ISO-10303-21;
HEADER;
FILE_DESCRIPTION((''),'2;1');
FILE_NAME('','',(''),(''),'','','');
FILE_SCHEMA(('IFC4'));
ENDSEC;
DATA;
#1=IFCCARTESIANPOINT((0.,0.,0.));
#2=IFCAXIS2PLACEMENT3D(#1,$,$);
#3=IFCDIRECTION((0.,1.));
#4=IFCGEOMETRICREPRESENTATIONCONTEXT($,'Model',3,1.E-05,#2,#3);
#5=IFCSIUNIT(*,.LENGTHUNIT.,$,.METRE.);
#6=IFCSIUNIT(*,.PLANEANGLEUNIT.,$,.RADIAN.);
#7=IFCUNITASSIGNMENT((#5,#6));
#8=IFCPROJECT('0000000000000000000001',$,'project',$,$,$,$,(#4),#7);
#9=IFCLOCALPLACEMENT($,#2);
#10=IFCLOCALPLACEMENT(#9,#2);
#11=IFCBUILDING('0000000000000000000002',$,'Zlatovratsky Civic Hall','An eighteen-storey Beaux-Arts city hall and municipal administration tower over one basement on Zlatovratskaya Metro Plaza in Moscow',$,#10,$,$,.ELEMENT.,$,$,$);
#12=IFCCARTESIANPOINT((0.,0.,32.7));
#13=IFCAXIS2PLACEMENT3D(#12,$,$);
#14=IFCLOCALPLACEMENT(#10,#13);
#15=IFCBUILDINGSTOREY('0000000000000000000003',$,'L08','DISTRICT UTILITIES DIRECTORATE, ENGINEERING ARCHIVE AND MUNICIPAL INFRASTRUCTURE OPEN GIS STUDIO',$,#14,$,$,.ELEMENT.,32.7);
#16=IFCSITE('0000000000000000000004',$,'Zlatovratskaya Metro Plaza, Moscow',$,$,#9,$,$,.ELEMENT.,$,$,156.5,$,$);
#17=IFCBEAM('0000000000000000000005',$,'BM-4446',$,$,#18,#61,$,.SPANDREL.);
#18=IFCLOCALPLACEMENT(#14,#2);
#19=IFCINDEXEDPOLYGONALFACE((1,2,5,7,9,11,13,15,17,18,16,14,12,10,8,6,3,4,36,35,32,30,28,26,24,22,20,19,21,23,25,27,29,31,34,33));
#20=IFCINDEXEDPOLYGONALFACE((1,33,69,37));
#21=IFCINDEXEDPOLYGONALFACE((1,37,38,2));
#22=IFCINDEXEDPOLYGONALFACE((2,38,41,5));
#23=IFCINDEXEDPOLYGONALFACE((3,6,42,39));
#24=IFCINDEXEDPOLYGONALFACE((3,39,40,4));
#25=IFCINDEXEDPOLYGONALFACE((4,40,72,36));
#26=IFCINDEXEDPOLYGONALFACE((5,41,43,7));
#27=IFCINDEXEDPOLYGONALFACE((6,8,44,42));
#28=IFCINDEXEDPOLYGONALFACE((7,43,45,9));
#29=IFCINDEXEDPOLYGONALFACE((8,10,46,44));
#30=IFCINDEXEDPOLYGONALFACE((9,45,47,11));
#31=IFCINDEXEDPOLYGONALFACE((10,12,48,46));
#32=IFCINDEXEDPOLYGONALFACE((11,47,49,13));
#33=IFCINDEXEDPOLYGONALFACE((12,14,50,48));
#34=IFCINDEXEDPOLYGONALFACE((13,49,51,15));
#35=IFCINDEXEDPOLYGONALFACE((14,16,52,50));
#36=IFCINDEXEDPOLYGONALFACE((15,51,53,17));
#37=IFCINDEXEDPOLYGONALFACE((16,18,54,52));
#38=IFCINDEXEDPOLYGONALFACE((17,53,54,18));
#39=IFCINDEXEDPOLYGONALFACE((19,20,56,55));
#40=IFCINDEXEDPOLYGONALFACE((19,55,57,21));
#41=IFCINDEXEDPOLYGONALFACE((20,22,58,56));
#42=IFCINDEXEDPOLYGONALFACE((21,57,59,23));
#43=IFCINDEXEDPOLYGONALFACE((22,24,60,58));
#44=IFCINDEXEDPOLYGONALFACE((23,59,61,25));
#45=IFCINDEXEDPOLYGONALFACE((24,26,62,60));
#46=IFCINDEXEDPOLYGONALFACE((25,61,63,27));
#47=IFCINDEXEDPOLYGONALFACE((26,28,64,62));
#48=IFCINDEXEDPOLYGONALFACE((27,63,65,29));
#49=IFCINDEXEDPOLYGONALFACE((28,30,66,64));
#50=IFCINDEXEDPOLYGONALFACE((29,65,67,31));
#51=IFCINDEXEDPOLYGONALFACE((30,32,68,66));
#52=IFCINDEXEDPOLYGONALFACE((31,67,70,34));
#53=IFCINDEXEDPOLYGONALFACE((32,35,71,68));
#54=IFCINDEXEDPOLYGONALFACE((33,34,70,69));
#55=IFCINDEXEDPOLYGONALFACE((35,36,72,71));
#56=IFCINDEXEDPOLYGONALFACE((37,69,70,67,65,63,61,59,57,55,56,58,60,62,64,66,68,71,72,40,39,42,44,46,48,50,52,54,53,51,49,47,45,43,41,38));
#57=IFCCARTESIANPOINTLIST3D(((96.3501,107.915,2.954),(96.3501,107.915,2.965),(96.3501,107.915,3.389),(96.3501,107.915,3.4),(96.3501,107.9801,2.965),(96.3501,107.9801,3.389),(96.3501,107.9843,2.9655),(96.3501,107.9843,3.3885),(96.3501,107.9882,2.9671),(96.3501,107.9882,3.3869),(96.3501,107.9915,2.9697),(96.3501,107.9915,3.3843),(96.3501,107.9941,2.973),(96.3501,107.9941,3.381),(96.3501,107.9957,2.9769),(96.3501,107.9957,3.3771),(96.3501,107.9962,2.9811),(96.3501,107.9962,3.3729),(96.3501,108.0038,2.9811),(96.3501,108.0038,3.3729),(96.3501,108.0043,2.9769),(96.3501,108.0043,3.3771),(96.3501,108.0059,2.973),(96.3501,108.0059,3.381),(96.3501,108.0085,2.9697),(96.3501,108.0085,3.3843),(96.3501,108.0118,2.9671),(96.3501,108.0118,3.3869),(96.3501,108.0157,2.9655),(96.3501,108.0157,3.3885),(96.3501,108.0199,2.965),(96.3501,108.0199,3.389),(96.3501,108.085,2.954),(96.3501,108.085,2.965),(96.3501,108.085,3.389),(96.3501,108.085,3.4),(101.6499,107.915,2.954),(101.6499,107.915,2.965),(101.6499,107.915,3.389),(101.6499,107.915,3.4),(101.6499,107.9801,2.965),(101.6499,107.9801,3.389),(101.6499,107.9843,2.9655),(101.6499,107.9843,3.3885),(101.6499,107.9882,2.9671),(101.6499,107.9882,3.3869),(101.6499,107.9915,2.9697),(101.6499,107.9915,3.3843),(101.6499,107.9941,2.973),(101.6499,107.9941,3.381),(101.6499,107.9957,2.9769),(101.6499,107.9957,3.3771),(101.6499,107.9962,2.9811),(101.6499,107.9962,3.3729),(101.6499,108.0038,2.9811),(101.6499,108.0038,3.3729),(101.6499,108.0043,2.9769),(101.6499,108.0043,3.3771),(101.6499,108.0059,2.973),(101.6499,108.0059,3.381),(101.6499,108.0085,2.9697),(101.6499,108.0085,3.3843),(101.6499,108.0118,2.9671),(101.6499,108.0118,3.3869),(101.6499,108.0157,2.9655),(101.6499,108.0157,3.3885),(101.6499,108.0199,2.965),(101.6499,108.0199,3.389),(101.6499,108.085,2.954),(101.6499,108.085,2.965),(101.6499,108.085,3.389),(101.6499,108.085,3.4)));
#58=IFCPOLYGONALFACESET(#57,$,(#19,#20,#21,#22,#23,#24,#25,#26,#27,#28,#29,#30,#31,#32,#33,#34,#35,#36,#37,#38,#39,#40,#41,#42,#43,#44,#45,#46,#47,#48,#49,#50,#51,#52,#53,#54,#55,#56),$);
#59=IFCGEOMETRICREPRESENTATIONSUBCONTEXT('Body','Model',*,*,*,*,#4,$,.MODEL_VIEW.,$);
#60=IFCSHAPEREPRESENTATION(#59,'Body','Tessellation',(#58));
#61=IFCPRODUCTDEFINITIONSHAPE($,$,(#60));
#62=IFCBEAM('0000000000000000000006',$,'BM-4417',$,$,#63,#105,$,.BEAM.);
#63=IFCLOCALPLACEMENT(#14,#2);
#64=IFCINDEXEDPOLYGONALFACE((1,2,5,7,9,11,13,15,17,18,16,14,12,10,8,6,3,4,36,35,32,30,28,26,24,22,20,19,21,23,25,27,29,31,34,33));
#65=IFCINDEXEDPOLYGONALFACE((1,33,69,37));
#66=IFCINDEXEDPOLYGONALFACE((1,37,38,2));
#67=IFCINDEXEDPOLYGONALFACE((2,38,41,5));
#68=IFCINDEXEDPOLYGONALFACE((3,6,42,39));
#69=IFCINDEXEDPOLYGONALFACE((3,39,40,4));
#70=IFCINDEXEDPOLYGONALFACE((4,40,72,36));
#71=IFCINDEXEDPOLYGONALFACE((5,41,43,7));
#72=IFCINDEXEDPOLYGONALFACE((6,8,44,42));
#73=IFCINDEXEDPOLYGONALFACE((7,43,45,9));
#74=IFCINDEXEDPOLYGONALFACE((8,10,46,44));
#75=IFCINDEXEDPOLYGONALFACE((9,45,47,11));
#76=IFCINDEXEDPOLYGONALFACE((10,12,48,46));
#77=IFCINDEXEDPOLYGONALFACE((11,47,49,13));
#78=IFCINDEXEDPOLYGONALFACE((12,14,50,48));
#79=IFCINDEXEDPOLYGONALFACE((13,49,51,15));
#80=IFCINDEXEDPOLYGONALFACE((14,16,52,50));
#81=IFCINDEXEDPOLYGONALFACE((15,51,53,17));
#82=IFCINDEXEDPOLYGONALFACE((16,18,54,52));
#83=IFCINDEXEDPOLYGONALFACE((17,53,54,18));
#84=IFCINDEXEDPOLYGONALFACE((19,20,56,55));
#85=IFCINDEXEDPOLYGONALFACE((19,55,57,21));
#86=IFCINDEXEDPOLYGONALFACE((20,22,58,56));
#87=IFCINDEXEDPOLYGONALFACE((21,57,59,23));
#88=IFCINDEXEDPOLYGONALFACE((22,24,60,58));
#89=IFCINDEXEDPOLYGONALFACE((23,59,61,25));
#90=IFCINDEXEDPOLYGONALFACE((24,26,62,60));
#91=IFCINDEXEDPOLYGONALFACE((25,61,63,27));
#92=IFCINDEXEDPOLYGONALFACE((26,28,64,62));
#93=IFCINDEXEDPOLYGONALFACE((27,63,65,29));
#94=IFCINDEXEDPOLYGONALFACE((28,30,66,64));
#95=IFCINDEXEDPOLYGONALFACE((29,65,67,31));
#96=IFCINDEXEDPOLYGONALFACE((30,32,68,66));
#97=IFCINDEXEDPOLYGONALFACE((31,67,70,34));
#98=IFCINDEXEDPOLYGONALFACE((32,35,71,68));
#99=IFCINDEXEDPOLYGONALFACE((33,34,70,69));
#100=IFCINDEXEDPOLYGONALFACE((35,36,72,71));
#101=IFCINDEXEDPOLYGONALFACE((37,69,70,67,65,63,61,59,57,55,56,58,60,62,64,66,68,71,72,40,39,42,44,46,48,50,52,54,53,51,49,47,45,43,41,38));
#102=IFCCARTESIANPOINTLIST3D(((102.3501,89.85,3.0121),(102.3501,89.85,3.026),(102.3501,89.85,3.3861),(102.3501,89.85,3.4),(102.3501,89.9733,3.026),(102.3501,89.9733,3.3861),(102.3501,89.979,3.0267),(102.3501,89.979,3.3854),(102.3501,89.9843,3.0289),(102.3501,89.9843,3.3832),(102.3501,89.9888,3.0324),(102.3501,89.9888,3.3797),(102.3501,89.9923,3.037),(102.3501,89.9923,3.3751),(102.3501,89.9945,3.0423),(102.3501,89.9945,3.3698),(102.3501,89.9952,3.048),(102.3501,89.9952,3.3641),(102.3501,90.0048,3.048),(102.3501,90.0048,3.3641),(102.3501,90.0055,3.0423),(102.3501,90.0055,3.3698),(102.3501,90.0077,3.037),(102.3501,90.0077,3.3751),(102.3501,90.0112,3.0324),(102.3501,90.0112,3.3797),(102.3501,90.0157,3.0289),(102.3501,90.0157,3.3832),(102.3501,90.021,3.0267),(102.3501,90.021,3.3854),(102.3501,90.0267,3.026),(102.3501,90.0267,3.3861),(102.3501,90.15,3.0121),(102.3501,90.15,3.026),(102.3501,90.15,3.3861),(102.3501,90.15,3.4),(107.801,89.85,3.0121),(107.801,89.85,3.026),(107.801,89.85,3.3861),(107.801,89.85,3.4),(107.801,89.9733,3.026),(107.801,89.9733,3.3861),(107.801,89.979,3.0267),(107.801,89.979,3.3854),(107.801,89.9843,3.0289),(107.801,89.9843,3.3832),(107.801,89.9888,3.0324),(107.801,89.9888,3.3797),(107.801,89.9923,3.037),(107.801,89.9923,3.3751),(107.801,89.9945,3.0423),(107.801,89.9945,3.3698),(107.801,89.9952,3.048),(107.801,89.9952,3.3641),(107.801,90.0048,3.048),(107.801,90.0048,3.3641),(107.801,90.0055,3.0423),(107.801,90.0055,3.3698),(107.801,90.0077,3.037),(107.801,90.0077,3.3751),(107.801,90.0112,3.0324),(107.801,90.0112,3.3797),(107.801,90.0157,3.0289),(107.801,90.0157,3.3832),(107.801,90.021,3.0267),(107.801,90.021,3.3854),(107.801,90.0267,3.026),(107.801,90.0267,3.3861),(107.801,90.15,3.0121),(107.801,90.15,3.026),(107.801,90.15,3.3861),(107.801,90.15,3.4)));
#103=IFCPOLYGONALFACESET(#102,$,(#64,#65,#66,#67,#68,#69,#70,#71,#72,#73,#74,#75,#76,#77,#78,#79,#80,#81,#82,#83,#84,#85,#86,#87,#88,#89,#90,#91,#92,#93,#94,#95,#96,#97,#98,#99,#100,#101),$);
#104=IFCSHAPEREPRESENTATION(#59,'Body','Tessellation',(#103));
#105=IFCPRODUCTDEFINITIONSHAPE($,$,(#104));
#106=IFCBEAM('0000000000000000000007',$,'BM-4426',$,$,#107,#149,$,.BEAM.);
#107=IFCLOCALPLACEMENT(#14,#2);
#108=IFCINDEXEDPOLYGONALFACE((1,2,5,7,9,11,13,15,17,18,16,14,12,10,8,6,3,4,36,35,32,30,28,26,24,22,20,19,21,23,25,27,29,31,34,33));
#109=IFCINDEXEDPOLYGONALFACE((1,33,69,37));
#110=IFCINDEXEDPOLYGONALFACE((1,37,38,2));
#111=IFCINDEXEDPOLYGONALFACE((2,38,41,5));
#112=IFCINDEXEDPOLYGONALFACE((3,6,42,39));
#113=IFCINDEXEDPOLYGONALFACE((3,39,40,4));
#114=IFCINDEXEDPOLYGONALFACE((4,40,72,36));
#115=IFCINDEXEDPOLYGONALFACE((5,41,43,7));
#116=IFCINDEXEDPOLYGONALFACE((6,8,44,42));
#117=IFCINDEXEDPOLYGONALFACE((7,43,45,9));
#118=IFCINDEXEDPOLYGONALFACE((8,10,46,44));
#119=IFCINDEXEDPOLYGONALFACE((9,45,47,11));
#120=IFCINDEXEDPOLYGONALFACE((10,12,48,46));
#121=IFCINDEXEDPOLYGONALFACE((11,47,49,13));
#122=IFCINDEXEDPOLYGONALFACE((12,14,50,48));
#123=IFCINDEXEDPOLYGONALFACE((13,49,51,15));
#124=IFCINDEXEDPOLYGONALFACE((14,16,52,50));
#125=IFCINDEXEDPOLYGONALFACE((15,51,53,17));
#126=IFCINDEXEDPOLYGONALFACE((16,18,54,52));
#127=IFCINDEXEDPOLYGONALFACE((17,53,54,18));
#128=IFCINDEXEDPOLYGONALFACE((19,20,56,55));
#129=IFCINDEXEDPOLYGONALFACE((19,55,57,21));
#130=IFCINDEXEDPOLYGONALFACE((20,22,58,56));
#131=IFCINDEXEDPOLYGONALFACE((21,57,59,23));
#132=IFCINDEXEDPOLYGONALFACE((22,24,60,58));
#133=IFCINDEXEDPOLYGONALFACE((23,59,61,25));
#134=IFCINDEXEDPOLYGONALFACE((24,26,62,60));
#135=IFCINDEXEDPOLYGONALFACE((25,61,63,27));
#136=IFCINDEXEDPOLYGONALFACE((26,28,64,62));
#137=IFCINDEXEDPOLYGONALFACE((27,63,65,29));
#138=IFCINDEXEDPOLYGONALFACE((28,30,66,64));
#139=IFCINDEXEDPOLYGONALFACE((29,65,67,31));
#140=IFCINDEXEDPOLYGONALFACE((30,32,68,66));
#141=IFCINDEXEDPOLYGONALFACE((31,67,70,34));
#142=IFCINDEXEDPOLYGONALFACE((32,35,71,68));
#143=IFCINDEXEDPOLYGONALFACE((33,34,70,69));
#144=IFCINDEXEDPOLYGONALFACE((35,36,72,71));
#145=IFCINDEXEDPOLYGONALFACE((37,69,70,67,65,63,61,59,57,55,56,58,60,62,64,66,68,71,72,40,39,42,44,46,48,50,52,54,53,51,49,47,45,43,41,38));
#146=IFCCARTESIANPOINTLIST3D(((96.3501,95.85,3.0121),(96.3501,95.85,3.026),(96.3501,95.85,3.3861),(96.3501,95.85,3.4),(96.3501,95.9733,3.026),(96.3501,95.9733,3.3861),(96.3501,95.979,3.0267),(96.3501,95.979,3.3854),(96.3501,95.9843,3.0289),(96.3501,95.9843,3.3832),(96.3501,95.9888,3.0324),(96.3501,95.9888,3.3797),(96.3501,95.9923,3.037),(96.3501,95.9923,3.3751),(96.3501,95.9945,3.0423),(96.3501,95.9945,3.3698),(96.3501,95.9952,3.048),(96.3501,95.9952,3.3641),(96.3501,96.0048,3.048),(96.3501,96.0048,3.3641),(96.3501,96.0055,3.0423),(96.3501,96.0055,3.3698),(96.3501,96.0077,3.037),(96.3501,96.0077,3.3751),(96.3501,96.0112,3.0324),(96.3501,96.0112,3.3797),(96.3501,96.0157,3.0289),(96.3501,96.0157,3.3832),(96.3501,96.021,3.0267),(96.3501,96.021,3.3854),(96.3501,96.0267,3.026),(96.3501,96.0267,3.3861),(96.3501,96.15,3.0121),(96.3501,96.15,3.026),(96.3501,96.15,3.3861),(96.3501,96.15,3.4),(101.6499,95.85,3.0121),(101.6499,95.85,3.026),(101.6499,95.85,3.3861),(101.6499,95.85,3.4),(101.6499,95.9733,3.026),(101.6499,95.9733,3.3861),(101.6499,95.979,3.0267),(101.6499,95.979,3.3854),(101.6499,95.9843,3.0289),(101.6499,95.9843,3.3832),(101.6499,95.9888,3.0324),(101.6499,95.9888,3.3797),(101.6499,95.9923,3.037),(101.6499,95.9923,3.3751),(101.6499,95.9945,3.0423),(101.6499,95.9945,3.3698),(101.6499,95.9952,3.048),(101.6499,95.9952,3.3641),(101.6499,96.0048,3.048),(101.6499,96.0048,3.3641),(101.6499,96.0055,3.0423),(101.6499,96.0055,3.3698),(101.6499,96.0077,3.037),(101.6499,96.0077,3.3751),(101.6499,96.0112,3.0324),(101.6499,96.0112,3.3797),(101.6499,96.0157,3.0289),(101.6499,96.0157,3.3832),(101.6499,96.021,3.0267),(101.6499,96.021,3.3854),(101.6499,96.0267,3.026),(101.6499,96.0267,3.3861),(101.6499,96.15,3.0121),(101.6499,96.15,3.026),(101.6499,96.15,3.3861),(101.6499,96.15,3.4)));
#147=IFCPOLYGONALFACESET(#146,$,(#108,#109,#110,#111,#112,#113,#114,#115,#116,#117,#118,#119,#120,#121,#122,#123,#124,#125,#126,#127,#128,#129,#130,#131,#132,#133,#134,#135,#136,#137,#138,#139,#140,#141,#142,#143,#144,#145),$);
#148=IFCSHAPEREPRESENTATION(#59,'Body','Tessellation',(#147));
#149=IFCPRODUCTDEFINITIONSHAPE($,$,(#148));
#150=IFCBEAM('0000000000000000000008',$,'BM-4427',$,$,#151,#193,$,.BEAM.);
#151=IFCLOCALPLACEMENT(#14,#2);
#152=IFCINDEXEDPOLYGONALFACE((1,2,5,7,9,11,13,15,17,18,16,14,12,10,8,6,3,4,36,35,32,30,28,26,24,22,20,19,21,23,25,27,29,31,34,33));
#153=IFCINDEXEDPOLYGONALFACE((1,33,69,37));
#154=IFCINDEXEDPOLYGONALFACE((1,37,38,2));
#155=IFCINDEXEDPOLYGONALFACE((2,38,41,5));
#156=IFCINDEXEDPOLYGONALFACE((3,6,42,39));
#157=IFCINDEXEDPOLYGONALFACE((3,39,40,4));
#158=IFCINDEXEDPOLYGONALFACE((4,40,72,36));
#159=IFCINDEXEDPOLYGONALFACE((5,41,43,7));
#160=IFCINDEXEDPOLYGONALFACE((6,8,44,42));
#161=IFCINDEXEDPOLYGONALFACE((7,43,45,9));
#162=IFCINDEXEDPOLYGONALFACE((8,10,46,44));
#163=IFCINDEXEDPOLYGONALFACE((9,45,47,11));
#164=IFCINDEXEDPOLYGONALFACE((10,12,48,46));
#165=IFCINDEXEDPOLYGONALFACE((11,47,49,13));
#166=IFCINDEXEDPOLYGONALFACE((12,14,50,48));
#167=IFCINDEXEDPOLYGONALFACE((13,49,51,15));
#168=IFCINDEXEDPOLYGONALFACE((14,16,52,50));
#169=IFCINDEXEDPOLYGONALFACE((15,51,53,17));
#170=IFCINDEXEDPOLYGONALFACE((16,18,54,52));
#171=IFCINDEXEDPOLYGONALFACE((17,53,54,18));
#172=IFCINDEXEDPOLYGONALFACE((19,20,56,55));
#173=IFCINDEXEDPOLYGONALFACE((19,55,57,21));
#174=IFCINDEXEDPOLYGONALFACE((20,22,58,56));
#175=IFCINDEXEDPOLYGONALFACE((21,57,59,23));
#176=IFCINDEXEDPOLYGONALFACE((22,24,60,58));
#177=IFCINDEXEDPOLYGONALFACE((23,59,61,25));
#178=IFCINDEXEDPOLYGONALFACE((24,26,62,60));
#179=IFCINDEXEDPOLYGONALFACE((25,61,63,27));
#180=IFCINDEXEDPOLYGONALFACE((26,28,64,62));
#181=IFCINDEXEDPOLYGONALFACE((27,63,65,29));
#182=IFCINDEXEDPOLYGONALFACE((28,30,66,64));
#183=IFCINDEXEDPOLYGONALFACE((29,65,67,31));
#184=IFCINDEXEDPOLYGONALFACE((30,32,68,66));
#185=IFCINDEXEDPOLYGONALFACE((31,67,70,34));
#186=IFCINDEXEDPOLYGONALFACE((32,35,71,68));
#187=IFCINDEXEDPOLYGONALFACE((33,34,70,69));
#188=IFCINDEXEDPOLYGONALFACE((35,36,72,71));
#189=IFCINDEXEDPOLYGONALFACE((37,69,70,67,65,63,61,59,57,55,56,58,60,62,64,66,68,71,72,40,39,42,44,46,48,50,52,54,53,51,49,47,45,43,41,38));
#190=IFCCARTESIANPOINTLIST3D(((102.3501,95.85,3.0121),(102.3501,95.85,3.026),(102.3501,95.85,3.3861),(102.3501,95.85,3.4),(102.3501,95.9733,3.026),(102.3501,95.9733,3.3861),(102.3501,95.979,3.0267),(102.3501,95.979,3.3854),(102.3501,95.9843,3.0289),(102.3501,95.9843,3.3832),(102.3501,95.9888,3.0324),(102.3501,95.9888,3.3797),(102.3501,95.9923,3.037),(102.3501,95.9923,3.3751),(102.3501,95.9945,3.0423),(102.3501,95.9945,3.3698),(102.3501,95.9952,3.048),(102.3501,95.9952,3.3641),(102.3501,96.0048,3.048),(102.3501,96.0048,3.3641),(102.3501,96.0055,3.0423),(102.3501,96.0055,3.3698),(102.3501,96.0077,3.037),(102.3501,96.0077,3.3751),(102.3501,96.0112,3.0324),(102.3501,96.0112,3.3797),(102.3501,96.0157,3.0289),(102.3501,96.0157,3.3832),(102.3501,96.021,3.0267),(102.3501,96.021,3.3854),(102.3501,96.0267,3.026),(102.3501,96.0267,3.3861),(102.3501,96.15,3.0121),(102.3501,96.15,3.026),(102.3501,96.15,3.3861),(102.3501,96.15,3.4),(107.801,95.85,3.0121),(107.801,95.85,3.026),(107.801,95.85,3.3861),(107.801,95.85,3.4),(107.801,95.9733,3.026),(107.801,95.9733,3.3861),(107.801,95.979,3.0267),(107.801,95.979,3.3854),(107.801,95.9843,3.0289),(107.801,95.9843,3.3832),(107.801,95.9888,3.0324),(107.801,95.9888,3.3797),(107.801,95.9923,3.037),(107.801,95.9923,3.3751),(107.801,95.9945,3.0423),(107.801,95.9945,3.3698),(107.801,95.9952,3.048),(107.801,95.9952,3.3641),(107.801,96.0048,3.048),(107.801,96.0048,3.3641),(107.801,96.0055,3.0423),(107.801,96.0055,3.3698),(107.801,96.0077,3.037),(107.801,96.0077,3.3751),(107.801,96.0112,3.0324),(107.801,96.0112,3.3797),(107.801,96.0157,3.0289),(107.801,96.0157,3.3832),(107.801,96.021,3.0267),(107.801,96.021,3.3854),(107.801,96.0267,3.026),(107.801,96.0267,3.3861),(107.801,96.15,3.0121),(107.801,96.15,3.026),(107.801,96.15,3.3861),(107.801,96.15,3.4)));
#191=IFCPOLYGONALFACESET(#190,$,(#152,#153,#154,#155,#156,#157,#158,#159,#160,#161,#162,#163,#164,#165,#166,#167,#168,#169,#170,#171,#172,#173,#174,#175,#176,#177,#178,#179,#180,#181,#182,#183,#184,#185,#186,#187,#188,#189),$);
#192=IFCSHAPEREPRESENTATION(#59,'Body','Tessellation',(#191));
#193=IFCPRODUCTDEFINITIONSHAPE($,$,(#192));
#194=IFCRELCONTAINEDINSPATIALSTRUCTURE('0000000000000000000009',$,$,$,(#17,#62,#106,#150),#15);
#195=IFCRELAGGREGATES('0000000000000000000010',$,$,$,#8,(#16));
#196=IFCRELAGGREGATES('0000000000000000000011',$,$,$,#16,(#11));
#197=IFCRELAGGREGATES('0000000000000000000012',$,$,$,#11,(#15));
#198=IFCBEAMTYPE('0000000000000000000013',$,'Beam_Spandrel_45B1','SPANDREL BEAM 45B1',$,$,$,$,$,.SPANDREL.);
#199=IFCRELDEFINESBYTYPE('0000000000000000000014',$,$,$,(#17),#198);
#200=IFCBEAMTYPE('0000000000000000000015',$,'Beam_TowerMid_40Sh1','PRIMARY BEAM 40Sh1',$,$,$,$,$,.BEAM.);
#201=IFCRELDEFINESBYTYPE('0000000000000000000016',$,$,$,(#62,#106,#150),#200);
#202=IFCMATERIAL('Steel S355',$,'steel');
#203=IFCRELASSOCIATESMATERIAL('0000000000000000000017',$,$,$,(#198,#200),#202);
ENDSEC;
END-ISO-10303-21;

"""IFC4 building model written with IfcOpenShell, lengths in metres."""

from ifc_helpers import new_model, si_unit, direction, frame, origin, origin_2d, place, context, subcontext, project, spatial, i_section, extrude, material, material_profile, profile_set, type_object, element, save


model = new_model("IFC4")

# Units and contexts
model_context = context("Model", 3, precision=1e-05, world=origin(), true_north=direction((0.0, 1.0)))
body_context = subcontext(model_context, "Body", "Model", "MODEL_VIEW")
ifc_project = project(units=[si_unit("LENGTHUNIT", "METRE"), si_unit("PLANEANGLEUNIT", "RADIAN")], contexts=[model_context])

# Site, building, storey
site_placement = place(None, origin())
site = spatial("IfcSite", under=ifc_project, at=site_placement, Name="Zlatovratskaya Metro Plaza, Moscow", CompositionType="ELEMENT", RefElevation=156.5)
building_placement = place(site_placement, origin())
building = spatial("IfcBuilding", under=site, at=building_placement, Name="Zlatovratsky Civic Hall", Description="An eighteen-storey Beaux-Arts city hall and municipal administration tower over one basement on Zlatovratskaya Metro Plaza in Moscow", CompositionType="ELEMENT")
storey_placement = place(building_placement, frame((0.0, 0.0, 32.7)))
storey = spatial("IfcBuildingStorey", under=building, at=storey_placement, Name="L08", Description="DISTRICT UTILITIES DIRECTORATE, ENGINEERING ARCHIVE AND MUNICIPAL INFRASTRUCTURE OPEN GIS STUDIO", CompositionType="ELEMENT", Elevation=32.7)

# Shared definitions
ifc_material_1 = material(Name="Steel S355", Category="steel")

# Beams
ifc_material_profile_1 = material_profile(ifc_material_1, i_section(OverallWidth=0.1699, OverallDepth=0.446, WebThickness=0.0076, FlangeThickness=0.011, FilletRadius=0.0161, at=origin_2d()), Name="45B1")
ifc_profile_set_1 = profile_set([ifc_material_profile_1], Name="Steel S355")
beam_type_1 = type_object("IfcBeamType", Name="Beam_Spandrel_45B1", Description="SPANDREL BEAM 45B1", PredefinedType="SPANDREL", material=ifc_profile_set_1)
beam_1_placement = place(storey_placement, frame((96.3501, 108.0, 3.177), z_axis=(1.0, 0.0, 0.0), x_axis=(0.0, 1.0, 0.0)))
element("IfcBeam", 1, at=beam_1_placement, inside=storey, type_object=beam_type_1, Name="BM-4446", PredefinedType="SPANDREL", context=body_context, shape_type="SweptSolid", body=[
    extrude(i_section(OverallWidth=0.1699, OverallDepth=0.446, WebThickness=0.0076, FlangeThickness=0.011, FilletRadius=0.0161, at=origin_2d()), origin(), (0.0, 0.0, 1.0), 5.2998),
])
ifc_material_profile_2 = material_profile(ifc_material_1, i_section(OverallWidth=0.3, OverallDepth=0.3879, WebThickness=0.0095, FlangeThickness=0.0139, FilletRadius=0.022, at=origin_2d()), Name="40Sh1")
ifc_profile_set_2 = profile_set([ifc_material_profile_2], Name="Steel S355")
beam_type_2 = type_object("IfcBeamType", Name="Beam_TowerMid_40Sh1", Description="PRIMARY BEAM 40Sh1", PredefinedType="BEAM", material=ifc_profile_set_2)
beam_2_placement = place(storey_placement, frame((102.3501, 90.0, 3.2061), z_axis=(1.0, 0.0, 0.0), x_axis=(0.0, 1.0, 0.0)))
element("IfcBeam", 2, at=beam_2_placement, inside=storey, type_object=beam_type_2, Name="BM-4417", PredefinedType="BEAM", context=body_context, shape_type="SweptSolid", body=[
    extrude(i_section(OverallWidth=0.3, OverallDepth=0.3879, WebThickness=0.0095, FlangeThickness=0.0139, FilletRadius=0.022, at=origin_2d()), origin(), (0.0, 0.0, 1.0), 5.4509),
])
beam_3_placement = place(storey_placement, frame((96.3501, 96.0, 3.2061), z_axis=(1.0, 0.0, 0.0), x_axis=(0.0, 1.0, 0.0)))
element("IfcBeam", 3, at=beam_3_placement, inside=storey, type_object=beam_type_2, Name="BM-4426", PredefinedType="BEAM", context=body_context, shape_type="SweptSolid", body=[
    extrude(i_section(OverallWidth=0.3, OverallDepth=0.3879, WebThickness=0.0095, FlangeThickness=0.0139, FilletRadius=0.022, at=origin_2d()), origin(), (0.0, 0.0, 1.0), 5.2998),
])
beam_4_placement = place(storey_placement, frame((102.3501, 96.0, 3.2061), z_axis=(1.0, 0.0, 0.0), x_axis=(0.0, 1.0, 0.0)))
element("IfcBeam", 4, at=beam_4_placement, inside=storey, type_object=beam_type_2, Name="BM-4427", PredefinedType="BEAM", context=body_context, shape_type="SweptSolid", body=[
    extrude(i_section(OverallWidth=0.3, OverallDepth=0.3879, WebThickness=0.0095, FlangeThickness=0.0139, FilletRadius=0.022, at=origin_2d()), origin(), (0.0, 0.0, 1.0), 5.4509),
])

save(model, "model.ifc")
